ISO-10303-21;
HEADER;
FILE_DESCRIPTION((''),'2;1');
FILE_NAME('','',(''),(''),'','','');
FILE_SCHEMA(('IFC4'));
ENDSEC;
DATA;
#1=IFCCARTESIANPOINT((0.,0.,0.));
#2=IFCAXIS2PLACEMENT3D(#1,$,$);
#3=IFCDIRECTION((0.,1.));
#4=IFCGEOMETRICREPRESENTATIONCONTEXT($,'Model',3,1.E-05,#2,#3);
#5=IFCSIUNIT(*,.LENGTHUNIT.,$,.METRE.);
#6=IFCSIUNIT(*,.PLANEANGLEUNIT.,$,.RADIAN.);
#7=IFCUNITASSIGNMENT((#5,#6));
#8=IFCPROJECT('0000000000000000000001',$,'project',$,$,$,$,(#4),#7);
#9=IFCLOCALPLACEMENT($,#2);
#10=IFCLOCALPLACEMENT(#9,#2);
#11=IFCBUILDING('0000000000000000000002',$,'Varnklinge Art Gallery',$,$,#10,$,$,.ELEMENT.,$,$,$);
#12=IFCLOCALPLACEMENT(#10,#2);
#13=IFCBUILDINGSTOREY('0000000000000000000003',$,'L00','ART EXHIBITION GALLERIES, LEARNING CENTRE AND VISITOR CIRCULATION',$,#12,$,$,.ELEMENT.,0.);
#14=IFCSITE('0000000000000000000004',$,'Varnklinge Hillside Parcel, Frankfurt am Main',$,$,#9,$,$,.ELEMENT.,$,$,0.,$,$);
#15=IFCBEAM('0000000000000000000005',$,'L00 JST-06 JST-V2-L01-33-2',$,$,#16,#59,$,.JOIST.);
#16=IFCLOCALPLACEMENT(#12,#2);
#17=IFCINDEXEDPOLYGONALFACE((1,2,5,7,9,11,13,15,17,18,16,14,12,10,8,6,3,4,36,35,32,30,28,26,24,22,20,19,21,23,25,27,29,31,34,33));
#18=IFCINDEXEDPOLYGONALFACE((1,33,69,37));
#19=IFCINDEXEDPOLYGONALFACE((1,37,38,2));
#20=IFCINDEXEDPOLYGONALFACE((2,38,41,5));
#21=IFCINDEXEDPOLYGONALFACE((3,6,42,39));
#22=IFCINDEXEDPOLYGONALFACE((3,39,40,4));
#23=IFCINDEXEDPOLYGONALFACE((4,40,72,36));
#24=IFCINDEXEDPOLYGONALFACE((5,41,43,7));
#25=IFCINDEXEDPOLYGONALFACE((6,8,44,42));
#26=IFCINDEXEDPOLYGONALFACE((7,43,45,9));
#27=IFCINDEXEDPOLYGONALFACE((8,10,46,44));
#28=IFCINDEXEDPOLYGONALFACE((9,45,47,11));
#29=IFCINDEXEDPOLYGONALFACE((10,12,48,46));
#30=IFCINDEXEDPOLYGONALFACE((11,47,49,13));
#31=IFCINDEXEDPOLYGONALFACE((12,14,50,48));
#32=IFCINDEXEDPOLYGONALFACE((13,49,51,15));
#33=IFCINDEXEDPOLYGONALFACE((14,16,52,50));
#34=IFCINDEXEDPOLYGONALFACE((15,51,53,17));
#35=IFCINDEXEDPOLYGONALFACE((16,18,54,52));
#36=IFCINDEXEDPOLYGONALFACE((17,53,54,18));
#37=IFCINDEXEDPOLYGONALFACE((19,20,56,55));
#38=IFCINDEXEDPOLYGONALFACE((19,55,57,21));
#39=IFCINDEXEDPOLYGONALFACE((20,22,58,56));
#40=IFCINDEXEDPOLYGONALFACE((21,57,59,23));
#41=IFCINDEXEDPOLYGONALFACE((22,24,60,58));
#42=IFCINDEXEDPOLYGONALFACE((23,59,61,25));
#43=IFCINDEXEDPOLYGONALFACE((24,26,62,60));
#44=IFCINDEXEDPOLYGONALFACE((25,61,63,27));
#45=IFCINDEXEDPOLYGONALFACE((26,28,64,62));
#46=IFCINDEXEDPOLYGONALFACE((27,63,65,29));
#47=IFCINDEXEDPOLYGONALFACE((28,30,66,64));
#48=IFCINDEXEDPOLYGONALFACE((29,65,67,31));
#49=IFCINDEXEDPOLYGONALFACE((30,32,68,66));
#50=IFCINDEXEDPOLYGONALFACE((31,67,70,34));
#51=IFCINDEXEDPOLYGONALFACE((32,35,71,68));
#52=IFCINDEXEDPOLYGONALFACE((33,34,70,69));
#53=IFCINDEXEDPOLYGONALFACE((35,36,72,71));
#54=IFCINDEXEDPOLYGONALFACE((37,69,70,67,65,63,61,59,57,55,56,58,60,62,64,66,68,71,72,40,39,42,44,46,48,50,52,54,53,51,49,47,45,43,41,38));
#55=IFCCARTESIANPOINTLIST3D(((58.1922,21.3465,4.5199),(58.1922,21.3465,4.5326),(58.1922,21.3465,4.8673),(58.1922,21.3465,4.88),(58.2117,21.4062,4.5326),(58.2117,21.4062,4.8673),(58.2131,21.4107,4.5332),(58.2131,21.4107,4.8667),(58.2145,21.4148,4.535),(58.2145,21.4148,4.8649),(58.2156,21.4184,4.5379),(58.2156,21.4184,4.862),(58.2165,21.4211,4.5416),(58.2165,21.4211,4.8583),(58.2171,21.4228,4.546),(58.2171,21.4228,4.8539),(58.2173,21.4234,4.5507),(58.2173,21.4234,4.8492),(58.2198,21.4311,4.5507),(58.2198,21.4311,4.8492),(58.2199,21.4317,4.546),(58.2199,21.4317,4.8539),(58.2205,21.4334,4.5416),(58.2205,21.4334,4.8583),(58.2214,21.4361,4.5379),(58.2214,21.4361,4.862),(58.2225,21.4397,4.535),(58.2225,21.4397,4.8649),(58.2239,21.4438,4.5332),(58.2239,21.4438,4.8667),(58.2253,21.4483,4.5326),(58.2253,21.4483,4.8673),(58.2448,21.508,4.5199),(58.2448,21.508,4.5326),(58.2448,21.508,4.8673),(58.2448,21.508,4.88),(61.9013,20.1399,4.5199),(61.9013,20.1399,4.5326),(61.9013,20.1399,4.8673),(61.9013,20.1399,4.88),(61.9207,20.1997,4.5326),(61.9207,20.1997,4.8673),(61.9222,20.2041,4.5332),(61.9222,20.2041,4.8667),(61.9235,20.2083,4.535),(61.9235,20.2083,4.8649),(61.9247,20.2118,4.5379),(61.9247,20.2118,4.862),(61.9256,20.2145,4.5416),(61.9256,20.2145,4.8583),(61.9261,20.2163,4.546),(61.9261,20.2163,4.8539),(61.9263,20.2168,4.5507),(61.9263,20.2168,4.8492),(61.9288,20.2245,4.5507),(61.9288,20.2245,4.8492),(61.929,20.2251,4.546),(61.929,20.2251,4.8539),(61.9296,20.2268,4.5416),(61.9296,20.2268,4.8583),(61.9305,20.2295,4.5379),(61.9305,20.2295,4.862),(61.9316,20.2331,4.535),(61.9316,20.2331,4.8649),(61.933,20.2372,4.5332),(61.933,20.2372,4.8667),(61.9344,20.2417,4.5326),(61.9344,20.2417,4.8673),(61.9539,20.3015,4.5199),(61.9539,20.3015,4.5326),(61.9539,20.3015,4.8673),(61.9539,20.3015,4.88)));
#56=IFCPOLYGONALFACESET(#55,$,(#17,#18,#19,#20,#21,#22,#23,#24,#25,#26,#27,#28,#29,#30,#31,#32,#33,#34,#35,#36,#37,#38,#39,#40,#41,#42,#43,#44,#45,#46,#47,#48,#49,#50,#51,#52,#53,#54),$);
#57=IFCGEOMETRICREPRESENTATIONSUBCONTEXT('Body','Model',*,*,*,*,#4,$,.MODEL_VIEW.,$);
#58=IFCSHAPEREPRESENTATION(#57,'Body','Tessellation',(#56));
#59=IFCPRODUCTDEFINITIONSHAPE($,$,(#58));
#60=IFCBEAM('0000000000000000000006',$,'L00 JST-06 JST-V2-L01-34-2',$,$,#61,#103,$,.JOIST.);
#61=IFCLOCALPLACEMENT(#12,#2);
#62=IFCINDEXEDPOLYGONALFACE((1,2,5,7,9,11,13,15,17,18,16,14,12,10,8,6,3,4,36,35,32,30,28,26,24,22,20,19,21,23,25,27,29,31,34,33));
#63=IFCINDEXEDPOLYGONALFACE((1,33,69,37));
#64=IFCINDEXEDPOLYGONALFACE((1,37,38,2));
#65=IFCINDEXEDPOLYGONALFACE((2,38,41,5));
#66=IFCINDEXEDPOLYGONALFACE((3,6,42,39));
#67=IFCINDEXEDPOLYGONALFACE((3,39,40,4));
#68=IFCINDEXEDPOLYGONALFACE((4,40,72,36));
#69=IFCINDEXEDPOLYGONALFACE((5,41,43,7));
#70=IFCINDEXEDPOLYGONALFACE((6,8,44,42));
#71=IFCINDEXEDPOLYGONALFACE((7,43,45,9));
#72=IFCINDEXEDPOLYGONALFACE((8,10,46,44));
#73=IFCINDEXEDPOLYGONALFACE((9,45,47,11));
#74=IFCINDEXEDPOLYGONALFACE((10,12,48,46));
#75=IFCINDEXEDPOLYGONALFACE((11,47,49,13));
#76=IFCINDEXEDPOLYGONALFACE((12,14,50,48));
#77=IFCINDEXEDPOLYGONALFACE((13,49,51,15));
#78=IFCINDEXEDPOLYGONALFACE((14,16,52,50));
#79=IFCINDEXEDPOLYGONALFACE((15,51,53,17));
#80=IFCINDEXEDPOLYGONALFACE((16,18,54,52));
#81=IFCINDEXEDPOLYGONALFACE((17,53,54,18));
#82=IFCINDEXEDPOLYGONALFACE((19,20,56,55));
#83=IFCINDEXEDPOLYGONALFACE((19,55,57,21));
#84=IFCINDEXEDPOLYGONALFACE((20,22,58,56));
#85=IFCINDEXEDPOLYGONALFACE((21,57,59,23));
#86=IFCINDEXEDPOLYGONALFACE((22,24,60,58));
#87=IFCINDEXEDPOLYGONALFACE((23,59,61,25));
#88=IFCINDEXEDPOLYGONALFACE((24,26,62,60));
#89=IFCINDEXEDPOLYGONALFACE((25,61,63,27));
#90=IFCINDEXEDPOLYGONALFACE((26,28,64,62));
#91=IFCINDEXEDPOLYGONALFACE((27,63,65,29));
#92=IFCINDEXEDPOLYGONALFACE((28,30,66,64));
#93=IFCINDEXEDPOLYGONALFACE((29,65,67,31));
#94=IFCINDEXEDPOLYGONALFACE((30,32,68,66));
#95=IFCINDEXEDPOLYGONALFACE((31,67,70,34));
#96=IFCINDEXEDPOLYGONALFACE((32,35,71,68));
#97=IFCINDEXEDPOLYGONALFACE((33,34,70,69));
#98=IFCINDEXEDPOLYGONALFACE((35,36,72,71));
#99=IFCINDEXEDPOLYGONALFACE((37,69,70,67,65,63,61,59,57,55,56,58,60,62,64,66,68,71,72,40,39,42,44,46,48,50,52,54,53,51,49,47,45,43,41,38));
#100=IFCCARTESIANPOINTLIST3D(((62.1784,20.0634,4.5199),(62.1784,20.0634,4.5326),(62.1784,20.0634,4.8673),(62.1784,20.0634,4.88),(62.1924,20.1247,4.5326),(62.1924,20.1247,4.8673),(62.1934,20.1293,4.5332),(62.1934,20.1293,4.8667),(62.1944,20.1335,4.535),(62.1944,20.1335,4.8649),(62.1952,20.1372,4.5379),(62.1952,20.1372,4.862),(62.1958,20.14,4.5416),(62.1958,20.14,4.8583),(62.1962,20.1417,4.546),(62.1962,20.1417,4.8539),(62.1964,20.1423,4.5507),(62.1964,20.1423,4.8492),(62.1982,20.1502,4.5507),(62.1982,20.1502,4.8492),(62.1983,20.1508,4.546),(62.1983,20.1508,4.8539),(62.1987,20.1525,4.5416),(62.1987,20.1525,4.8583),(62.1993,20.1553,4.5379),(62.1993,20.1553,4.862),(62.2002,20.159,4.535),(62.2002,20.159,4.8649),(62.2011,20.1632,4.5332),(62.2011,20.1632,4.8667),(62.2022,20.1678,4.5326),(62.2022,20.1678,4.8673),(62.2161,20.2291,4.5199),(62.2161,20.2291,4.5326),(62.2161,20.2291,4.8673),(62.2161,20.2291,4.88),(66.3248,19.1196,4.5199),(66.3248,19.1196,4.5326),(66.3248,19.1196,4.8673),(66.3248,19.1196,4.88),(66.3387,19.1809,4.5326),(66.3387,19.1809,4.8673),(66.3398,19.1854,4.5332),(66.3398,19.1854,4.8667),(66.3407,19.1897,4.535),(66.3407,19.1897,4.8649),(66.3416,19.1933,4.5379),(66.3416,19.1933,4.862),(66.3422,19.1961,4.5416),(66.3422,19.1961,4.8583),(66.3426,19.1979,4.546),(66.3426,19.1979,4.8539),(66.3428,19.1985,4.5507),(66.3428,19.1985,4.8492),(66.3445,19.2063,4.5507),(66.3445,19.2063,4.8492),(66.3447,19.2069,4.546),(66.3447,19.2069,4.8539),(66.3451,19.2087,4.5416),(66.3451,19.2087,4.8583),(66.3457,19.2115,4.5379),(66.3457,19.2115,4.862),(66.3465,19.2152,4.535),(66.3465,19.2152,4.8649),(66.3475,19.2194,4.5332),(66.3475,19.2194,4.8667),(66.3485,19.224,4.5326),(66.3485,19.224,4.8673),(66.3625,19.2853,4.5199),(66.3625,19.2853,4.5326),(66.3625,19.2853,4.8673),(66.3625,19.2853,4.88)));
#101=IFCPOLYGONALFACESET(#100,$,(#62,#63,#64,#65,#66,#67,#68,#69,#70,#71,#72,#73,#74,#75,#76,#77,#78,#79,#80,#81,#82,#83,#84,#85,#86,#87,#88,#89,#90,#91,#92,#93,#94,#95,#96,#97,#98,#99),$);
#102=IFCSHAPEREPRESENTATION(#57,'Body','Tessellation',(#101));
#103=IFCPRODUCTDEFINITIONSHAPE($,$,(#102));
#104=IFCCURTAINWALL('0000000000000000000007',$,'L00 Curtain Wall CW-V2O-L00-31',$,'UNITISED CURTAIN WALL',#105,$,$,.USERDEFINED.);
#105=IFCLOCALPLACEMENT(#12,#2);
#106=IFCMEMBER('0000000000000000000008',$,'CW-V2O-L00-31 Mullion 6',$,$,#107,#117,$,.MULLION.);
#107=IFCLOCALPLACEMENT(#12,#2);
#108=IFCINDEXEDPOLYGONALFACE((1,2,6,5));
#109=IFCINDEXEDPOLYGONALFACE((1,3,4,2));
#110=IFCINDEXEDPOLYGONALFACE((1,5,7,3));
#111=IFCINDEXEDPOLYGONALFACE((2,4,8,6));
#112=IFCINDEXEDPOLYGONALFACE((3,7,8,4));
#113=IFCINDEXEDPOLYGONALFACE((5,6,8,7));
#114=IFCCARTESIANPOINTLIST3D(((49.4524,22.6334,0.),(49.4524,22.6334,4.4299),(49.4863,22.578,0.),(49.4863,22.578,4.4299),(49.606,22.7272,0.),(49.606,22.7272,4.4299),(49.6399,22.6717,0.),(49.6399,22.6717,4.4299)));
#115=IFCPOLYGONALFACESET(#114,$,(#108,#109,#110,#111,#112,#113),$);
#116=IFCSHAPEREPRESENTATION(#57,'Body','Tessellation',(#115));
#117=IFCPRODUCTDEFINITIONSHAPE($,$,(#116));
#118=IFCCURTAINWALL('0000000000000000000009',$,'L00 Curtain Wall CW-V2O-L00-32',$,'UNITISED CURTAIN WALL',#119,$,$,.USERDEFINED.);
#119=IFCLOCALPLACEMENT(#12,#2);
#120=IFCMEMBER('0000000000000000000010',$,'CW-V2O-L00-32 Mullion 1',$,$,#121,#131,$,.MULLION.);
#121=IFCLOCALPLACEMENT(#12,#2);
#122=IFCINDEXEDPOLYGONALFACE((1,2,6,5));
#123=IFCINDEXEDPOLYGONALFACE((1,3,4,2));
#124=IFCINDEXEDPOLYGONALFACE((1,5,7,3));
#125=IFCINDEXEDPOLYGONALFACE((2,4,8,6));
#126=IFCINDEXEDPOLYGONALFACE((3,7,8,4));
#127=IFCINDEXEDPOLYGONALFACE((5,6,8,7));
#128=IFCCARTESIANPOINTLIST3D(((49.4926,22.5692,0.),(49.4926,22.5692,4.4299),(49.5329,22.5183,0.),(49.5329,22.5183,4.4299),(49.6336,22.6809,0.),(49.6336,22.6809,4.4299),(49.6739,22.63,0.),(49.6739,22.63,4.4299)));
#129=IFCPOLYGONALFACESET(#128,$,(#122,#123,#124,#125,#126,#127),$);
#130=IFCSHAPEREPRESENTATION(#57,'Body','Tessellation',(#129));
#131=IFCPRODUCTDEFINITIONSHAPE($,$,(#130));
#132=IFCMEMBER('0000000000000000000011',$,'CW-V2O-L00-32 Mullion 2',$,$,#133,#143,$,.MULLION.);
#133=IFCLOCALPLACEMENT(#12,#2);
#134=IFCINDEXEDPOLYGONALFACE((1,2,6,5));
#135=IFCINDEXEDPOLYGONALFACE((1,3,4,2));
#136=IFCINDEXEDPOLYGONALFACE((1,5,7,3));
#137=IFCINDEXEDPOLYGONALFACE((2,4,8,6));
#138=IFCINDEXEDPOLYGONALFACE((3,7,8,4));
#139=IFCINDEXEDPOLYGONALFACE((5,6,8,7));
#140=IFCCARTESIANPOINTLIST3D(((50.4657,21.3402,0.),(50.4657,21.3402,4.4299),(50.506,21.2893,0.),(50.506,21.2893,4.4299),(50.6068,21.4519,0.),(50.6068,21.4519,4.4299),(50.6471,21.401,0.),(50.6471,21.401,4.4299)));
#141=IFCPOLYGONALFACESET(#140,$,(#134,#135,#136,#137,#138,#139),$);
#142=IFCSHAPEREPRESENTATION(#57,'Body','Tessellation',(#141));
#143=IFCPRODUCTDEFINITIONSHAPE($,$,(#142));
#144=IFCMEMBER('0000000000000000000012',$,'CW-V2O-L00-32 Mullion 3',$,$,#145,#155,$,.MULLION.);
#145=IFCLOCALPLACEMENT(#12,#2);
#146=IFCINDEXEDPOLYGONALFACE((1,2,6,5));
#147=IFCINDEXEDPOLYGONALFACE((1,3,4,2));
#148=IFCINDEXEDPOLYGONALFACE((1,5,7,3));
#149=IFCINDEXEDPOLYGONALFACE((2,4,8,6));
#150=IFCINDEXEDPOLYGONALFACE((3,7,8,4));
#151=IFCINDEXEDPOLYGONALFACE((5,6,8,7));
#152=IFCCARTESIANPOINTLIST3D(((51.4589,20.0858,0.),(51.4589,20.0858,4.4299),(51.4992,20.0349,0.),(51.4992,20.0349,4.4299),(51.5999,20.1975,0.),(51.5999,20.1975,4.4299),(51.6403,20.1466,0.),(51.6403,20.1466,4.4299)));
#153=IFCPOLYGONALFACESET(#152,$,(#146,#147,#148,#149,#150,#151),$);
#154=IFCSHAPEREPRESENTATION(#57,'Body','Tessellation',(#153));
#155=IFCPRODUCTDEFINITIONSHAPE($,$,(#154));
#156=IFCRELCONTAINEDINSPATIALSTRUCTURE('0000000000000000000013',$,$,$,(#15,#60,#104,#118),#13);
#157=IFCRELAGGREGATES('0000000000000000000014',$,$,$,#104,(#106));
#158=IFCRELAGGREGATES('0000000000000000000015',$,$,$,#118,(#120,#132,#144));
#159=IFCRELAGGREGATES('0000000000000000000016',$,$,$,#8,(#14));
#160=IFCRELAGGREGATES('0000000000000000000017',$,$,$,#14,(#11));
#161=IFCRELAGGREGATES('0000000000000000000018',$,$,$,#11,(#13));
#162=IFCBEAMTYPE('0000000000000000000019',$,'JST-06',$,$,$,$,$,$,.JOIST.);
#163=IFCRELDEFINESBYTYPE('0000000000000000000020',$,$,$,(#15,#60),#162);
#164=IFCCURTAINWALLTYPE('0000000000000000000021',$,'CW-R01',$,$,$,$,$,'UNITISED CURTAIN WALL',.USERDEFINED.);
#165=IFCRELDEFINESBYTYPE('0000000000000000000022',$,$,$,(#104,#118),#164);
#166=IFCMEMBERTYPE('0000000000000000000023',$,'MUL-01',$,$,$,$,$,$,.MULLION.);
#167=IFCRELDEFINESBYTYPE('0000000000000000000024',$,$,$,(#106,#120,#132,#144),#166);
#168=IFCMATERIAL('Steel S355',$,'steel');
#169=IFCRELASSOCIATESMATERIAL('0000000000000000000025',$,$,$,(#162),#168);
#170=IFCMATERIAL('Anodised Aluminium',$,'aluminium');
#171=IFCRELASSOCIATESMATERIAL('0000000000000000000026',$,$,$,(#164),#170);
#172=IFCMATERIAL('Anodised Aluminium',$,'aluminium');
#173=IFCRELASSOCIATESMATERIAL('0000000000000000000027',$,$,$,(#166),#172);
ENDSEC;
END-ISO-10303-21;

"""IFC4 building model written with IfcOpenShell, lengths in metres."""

from ifc_helpers import new_model, si_unit, direction, frame, origin, origin_2d, place, context, subcontext, project, spatial, rectangle, i_section, extrude, material, material_profile, profile_set, type_object, element, aggregate, save


model = new_model("IFC4")

# Units and contexts
model_context = context("Model", 3, precision=1e-05, world=origin(), true_north=direction((0.0, 1.0)))
body_context = subcontext(model_context, "Body", "Model", "MODEL_VIEW")
ifc_project = project(units=[si_unit("LENGTHUNIT", "METRE"), si_unit("PLANEANGLEUNIT", "RADIAN")], contexts=[model_context])

# Site, building, storey
site_placement = place(None, origin())
site = spatial("IfcSite", under=ifc_project, at=site_placement, Name="Varnklinge Hillside Parcel, Frankfurt am Main", CompositionType="ELEMENT", RefElevation=0.0)
building_placement = place(site_placement, origin())
building = spatial("IfcBuilding", under=site, at=building_placement, Name="Varnklinge Art Gallery", CompositionType="ELEMENT")
storey_placement = place(building_placement, origin())
storey = spatial("IfcBuildingStorey", under=building, at=storey_placement, Name="L00", Description="ART EXHIBITION GALLERIES, LEARNING CENTRE AND VISITOR CIRCULATION", CompositionType="ELEMENT", Elevation=0.0)

# Beams
ifc_material_1 = material(Name="Steel S355", Category="steel")
ifc_material_profile_1 = material_profile(ifc_material_1, i_section(OverallWidth=0.1699, OverallDepth=0.3601, WebThickness=0.0081, FlangeThickness=0.0127, FilletRadius=0.0181, at=origin_2d()), Name="IPE 360")
ifc_profile_set_1 = profile_set([ifc_material_profile_1], Name="Steel S355")
beam_type_1 = type_object("IfcBeamType", Name="JST-06", PredefinedType="JOIST", material=ifc_profile_set_1)
beam_1_placement = place(storey_placement, frame((58.2185, 21.4272, 4.7), z_axis=(0.950949, -0.309346, 0.0), x_axis=(0.309346, 0.950949, 0.0)))
element("IfcBeam", 1, at=beam_1_placement, inside=storey, type_object=beam_type_1, Name="L00 JST-06 JST-V2-L01-33-2", PredefinedType="JOIST", context=body_context, shape_type="SweptSolid", body=[
    extrude(i_section(OverallWidth=0.1699, OverallDepth=0.3601, WebThickness=0.0081, FlangeThickness=0.0127, FilletRadius=0.0181, at=origin_2d()), origin(), (0.0, 0.0, 1.0), 3.9004),
])
beam_2_placement = place(storey_placement, frame((62.1973, 20.1462, 4.7), z_axis=(0.975058, -0.221949, 0.0), x_axis=(0.221949, 0.975058, 0.0)))
element("IfcBeam", 2, at=beam_2_placement, inside=storey, type_object=beam_type_1, Name="L00 JST-06 JST-V2-L01-34-2", PredefinedType="JOIST", context=body_context, shape_type="SweptSolid", body=[
    extrude(i_section(OverallWidth=0.1699, OverallDepth=0.3601, WebThickness=0.0081, FlangeThickness=0.0127, FilletRadius=0.0181, at=origin_2d()), origin(), (0.0, 0.0, 1.0), 4.2524),
])

# Curtain wall, member
ifc_material_2 = material(Name="Anodised Aluminium", Category="aluminium")
curtain_wall_type = type_object("IfcCurtainWallType", Name="CW-R01", ElementType="UNITISED CURTAIN WALL", PredefinedType="USERDEFINED", material=ifc_material_2)
curtain_wall_1_placement = place(storey_placement, origin())
curtain_wall_1 = element("IfcCurtainWall", 3, at=curtain_wall_1_placement, inside=storey, type_object=curtain_wall_type, Name="L00 Curtain Wall CW-V2O-L00-31", ObjectType="UNITISED CURTAIN WALL", PredefinedType="USERDEFINED")
ifc_material_3 = material(Name="Anodised Aluminium", Category="aluminium")
ifc_material_profile_2 = material_profile(ifc_material_3, rectangle(XDim=0.0649, YDim=0.1799, at=origin_2d()), Name="ALU 65x180")
ifc_profile_set_2 = profile_set([ifc_material_profile_2], Name="Anodised Aluminium")
member_type_1 = type_object("IfcMemberType", Name="MUL-01", PredefinedType="MULLION", material=ifc_profile_set_2)
member_1_placement = place(storey_placement, frame((49.5461, 22.6526, 0.0), z_axis=(0.0, 0.0, 1.0), x_axis=(0.520861, -0.853642, 0.0)))
member_1 = element("IfcMember", 4, at=member_1_placement, type_object=member_type_1, Name="CW-V2O-L00-31 Mullion 6", PredefinedType="MULLION", context=body_context, shape_type="SweptSolid", body=[
    extrude(rectangle(XDim=0.0649, YDim=0.1799, at=origin_2d()), origin(), (0.0, 0.0, 1.0), 4.4299),
])

# Curtain wall, members
curtain_wall_2_placement = place(storey_placement, origin())
curtain_wall_2 = element("IfcCurtainWall", 5, at=curtain_wall_2_placement, inside=storey, type_object=curtain_wall_type, Name="L00 Curtain Wall CW-V2O-L00-32", ObjectType="UNITISED CURTAIN WALL", PredefinedType="USERDEFINED")
member_2_placement = place(storey_placement, frame((49.5833, 22.5996, 0.0), z_axis=(0.0, 0.0, 1.0), x_axis=(0.620737, -0.784019, 0.0)))
member_2 = element("IfcMember", 6, at=member_2_placement, type_object=member_type_1, Name="CW-V2O-L00-32 Mullion 1", PredefinedType="MULLION", context=body_context, shape_type="SweptSolid", body=[
    extrude(rectangle(XDim=0.0649, YDim=0.1799, at=origin_2d()), origin(), (0.0, 0.0, 1.0), 4.4299),
])
member_3_placement = place(storey_placement, frame((50.5564, 21.3706, 0.0), z_axis=(0.0, 0.0, 1.0), x_axis=(0.620737, -0.784019, 0.0)))
member_3 = element("IfcMember", 7, at=member_3_placement, type_object=member_type_1, Name="CW-V2O-L00-32 Mullion 2", PredefinedType="MULLION", context=body_context, shape_type="SweptSolid", body=[
    extrude(rectangle(XDim=0.0649, YDim=0.1799, at=origin_2d()), origin(), (0.0, 0.0, 1.0), 4.4299),
])
member_4_placement = place(storey_placement, frame((51.5496, 20.1162, 0.0), z_axis=(0.0, 0.0, 1.0), x_axis=(0.620737, -0.784019, 0.0)))
member_4 = element("IfcMember", 8, at=member_4_placement, type_object=member_type_1, Name="CW-V2O-L00-32 Mullion 3", PredefinedType="MULLION", context=body_context, shape_type="SweptSolid", body=[
    extrude(rectangle(XDim=0.0649, YDim=0.1799, at=origin_2d()), origin(), (0.0, 0.0, 1.0), 4.4299),
])

aggregate(curtain_wall_1, [member_1])
aggregate(curtain_wall_2, [member_2, member_3, member_4])

save(model, "model.ifc")
